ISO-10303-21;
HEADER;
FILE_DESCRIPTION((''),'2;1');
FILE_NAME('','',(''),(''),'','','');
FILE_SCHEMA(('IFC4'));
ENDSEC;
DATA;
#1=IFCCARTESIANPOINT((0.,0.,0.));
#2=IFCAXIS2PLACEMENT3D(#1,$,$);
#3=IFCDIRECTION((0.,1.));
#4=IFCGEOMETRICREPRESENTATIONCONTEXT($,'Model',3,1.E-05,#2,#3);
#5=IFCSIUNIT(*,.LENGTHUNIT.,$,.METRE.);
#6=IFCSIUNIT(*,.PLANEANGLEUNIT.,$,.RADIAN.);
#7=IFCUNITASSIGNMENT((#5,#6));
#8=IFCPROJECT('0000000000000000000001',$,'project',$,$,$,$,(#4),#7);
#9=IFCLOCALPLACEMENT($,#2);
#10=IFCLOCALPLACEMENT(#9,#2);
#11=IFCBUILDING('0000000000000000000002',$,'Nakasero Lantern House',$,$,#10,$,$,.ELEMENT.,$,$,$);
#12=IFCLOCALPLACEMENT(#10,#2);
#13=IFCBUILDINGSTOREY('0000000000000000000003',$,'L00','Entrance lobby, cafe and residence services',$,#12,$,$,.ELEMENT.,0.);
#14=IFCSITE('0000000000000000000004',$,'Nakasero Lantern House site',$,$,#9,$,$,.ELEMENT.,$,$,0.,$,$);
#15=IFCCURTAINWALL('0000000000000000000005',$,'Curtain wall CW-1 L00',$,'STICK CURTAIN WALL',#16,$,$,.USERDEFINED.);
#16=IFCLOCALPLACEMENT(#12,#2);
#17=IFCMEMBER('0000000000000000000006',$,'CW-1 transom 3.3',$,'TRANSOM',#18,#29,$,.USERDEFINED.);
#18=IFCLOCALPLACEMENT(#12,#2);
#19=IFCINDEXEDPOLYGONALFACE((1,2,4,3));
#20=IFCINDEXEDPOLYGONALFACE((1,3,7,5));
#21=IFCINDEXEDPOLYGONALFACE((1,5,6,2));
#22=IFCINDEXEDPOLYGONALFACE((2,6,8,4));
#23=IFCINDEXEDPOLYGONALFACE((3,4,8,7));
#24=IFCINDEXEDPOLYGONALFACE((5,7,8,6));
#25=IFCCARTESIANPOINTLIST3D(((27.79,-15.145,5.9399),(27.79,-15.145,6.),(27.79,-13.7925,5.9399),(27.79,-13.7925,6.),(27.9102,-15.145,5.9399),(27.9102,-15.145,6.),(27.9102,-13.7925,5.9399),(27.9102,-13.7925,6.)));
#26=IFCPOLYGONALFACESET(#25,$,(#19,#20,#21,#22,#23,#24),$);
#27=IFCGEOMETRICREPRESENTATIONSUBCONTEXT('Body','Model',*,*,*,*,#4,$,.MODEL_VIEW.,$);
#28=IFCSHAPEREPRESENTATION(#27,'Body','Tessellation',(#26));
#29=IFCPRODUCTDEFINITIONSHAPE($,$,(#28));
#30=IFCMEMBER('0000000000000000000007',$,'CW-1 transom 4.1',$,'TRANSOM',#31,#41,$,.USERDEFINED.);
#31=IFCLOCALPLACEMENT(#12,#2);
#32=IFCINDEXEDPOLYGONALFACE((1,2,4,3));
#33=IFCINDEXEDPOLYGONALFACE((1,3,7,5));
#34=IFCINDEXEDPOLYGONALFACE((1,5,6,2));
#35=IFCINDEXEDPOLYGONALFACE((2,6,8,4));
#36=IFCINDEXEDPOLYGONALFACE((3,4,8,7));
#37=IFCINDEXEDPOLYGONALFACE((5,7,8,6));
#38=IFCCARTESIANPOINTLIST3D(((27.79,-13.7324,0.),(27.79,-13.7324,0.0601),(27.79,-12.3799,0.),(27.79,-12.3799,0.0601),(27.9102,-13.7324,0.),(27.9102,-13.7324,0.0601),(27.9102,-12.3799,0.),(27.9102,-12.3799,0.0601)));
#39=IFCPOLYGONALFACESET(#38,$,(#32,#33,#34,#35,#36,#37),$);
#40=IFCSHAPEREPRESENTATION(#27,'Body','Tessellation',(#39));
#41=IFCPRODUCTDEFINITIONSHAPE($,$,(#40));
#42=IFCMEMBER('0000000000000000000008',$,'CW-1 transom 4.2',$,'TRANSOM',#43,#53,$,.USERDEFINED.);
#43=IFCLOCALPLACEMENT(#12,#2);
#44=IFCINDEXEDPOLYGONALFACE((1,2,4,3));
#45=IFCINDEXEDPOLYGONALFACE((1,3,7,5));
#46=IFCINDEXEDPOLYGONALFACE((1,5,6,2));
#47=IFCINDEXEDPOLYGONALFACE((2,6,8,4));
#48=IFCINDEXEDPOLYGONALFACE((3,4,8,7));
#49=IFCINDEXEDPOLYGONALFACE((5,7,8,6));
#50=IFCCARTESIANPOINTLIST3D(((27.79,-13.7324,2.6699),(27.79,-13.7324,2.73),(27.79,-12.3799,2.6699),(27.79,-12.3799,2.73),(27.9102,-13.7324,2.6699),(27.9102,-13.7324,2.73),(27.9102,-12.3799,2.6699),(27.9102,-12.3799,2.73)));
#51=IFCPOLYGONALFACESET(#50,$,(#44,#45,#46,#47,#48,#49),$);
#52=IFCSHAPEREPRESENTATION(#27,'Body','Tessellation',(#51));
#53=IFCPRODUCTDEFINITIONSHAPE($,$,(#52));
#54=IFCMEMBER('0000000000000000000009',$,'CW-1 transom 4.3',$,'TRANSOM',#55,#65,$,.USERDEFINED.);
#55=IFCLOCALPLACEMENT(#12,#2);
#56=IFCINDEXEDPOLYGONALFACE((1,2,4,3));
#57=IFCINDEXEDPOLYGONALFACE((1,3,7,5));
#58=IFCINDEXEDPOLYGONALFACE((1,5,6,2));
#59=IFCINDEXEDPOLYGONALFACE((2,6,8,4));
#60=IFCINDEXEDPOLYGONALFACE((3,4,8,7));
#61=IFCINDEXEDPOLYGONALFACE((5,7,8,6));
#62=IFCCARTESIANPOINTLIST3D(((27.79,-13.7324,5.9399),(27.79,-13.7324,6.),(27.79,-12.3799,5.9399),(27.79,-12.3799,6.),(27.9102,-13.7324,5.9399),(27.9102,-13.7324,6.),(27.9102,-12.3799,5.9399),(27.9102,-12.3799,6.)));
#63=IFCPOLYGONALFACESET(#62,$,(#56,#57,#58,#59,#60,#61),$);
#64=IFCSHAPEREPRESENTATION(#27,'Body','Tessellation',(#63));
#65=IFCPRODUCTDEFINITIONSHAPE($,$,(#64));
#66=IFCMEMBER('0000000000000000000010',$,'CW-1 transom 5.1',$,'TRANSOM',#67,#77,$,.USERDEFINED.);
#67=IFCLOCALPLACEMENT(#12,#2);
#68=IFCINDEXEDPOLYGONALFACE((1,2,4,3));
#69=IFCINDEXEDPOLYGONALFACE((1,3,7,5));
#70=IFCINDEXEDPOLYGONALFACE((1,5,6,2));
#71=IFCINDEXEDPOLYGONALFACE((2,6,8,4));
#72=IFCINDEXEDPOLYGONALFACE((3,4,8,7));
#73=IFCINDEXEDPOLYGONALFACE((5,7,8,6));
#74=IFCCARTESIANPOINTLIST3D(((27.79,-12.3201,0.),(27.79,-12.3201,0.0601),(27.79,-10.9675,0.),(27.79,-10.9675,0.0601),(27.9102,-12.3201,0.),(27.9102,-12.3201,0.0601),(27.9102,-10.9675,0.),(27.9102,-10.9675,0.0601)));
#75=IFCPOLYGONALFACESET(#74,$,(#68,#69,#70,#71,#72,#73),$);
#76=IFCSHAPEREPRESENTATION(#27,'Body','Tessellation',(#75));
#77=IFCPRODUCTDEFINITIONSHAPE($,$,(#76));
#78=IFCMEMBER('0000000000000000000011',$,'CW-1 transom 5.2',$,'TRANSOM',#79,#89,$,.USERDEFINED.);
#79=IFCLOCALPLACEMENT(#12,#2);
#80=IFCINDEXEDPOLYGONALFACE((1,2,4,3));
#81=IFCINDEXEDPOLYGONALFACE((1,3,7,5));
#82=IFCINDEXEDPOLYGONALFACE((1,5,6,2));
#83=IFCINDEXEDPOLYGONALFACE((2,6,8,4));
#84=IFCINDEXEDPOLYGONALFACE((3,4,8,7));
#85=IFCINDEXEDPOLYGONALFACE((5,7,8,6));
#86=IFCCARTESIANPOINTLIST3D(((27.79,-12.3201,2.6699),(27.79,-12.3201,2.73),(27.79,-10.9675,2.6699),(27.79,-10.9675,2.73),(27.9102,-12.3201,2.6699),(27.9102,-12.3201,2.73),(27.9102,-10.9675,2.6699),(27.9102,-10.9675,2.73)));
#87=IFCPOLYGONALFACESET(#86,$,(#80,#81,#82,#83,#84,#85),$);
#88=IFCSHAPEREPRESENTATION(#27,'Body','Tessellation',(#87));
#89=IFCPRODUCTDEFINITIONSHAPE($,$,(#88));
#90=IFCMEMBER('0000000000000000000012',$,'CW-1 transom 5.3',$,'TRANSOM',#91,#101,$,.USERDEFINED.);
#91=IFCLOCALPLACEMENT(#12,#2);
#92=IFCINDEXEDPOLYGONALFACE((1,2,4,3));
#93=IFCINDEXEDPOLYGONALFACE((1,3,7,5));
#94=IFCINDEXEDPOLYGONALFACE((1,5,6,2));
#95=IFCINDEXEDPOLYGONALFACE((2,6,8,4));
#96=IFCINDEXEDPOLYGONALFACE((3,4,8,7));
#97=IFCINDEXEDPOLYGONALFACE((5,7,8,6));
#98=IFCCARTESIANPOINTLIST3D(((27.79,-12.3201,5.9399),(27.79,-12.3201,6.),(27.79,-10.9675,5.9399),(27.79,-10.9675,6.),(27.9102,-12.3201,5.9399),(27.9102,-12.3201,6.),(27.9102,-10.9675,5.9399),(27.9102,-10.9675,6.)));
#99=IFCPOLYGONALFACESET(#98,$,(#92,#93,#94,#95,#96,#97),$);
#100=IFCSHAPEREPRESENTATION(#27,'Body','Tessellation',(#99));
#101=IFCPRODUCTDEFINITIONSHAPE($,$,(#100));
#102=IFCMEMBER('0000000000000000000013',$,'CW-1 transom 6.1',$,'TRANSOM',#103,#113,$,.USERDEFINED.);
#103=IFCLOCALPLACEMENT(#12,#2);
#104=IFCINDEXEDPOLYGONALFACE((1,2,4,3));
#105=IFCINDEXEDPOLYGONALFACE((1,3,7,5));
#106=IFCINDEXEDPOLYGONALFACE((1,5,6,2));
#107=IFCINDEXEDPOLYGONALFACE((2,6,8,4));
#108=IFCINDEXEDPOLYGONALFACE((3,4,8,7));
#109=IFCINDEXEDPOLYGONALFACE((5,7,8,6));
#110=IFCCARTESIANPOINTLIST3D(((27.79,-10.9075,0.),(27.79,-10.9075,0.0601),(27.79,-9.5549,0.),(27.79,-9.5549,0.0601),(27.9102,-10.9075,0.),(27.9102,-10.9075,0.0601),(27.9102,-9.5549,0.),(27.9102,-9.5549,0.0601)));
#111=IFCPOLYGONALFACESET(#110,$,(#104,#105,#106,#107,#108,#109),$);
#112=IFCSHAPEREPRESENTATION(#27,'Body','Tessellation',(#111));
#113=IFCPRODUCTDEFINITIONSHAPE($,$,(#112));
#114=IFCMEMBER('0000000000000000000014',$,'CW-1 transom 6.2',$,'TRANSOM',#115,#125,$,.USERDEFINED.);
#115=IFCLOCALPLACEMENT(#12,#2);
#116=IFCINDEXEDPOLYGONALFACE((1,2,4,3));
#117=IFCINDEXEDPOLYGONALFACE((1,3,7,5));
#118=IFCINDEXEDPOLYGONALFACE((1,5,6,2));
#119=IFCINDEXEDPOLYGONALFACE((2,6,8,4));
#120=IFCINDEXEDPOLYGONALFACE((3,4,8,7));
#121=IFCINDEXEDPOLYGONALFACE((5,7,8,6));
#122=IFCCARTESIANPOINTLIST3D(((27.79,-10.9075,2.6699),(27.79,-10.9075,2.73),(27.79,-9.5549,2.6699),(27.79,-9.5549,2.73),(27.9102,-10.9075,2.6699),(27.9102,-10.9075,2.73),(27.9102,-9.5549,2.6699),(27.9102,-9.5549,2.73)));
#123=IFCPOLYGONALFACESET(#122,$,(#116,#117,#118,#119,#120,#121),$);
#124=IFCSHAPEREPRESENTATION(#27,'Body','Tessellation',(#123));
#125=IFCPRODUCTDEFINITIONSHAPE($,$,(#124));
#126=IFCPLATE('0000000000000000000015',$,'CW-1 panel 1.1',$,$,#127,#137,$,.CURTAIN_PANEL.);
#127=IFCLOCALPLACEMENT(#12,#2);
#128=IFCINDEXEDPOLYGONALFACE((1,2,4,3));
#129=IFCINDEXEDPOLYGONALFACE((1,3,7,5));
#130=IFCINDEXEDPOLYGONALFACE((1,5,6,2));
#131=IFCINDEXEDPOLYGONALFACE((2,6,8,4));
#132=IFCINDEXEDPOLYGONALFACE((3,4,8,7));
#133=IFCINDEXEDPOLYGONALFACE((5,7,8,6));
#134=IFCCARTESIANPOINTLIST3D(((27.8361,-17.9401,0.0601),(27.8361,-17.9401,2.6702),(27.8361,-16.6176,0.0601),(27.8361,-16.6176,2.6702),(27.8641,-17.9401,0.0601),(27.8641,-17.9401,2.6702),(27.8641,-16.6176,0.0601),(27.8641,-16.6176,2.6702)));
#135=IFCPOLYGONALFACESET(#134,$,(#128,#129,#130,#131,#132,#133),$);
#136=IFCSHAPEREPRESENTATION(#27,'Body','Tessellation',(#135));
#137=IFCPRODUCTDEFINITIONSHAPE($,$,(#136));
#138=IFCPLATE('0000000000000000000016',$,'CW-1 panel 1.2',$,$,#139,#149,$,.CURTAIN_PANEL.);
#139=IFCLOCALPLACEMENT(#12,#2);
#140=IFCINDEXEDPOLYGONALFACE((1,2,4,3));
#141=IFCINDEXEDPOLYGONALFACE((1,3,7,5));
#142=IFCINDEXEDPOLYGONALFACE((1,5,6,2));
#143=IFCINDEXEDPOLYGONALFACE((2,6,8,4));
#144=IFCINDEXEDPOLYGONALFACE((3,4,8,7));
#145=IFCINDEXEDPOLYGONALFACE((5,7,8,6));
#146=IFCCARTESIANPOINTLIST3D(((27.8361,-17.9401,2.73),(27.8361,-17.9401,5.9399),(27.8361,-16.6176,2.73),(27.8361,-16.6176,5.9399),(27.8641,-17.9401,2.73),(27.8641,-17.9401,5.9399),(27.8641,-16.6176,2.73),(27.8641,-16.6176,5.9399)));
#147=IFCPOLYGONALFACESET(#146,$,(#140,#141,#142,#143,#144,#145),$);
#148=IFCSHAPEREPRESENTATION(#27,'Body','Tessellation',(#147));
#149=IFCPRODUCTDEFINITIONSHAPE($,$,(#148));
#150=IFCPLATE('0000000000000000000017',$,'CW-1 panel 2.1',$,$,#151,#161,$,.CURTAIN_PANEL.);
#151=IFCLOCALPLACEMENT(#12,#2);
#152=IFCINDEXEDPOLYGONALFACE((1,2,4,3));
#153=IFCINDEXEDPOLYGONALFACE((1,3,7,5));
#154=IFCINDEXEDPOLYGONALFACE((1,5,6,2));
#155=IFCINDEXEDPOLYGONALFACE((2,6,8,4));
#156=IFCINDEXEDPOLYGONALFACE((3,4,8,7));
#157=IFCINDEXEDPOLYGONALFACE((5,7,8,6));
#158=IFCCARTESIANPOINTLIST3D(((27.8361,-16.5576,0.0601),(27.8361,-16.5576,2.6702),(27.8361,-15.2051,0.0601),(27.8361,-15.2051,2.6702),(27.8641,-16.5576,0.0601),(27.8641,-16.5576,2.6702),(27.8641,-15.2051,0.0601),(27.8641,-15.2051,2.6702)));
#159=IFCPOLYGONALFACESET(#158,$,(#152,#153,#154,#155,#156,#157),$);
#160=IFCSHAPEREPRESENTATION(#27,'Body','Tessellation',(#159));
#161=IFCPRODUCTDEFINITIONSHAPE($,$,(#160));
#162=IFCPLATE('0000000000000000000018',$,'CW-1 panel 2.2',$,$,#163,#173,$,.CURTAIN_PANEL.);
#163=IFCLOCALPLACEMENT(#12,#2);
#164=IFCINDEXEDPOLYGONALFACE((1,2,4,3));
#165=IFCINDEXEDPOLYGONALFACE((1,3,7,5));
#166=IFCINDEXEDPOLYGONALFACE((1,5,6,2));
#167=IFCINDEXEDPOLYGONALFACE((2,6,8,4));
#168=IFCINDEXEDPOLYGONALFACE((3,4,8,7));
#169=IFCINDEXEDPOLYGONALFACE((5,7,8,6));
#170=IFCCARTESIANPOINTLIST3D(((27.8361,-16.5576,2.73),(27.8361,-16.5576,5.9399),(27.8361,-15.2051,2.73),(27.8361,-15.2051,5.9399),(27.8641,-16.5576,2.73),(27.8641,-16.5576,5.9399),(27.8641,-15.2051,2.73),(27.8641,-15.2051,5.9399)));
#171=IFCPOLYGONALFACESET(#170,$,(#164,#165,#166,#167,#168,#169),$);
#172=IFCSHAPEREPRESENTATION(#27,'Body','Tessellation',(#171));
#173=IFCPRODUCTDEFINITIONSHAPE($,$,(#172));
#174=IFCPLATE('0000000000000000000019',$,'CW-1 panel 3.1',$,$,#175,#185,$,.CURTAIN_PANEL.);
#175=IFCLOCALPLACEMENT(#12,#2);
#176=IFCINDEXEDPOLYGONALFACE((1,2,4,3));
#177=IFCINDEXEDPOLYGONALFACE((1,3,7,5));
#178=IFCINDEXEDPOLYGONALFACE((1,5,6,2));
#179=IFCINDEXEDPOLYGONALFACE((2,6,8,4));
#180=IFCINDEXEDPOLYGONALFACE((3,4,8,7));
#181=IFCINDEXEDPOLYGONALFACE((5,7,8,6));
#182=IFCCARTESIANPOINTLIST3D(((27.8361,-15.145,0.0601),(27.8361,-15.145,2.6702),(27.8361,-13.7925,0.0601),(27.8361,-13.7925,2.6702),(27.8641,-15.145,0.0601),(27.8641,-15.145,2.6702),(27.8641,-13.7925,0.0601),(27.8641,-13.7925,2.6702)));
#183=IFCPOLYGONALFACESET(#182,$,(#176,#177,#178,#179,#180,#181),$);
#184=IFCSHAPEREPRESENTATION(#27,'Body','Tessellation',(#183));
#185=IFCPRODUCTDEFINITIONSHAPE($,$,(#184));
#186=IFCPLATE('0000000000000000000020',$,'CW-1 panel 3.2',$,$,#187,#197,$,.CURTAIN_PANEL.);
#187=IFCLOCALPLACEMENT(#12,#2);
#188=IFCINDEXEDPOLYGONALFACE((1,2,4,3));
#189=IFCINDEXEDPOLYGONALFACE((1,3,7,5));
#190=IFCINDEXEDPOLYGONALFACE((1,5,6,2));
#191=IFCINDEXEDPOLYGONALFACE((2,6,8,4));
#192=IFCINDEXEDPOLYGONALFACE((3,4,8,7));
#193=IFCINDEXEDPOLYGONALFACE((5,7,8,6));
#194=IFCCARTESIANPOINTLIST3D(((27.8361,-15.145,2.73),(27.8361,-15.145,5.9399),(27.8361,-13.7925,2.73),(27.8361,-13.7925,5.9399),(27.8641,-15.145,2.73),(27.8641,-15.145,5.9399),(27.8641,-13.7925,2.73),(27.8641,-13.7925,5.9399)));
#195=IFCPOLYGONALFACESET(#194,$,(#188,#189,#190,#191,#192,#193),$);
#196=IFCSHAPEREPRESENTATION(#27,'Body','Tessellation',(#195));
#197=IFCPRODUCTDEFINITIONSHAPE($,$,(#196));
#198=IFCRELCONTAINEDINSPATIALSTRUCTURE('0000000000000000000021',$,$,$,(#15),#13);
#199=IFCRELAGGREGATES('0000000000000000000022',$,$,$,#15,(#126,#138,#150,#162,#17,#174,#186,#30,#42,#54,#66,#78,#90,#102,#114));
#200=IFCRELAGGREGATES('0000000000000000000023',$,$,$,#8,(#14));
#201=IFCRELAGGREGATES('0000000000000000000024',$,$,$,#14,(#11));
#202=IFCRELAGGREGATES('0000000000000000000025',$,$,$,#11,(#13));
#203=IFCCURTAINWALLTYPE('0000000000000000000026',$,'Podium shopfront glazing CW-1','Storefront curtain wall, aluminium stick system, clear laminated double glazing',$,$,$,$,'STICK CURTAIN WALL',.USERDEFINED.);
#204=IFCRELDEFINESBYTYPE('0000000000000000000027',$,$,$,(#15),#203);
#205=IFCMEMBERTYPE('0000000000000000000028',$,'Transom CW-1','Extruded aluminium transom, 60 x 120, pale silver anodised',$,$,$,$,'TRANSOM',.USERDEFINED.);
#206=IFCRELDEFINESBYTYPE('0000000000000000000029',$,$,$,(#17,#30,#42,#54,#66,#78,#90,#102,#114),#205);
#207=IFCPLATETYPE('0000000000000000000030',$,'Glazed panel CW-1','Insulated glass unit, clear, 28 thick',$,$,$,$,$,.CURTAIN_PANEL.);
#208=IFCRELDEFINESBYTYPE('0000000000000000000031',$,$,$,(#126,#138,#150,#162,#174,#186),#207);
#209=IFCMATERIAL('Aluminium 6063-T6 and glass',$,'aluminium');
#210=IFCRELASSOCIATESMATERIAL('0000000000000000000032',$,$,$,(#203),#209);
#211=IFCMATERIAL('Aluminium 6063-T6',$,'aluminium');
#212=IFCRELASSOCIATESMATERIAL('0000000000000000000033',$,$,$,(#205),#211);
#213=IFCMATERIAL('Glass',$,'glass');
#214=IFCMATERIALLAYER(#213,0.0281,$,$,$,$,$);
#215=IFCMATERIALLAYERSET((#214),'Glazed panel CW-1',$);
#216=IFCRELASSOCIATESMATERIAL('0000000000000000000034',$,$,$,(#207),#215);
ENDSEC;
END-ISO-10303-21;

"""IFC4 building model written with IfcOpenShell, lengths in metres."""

from ifc_helpers import new_model, si_unit, direction, frame, origin, origin_2d, place, context, subcontext, project, spatial, rectangle, extrude, material, layer, layer_set, material_profile, profile_set, type_object, element, aggregate, save


model = new_model("IFC4")

# Units and contexts
model_context = context("Model", 3, precision=1e-05, world=origin(), true_north=direction((0.0, 1.0)))
body_context = subcontext(model_context, "Body", "Model", "MODEL_VIEW")
ifc_project = project(units=[si_unit("LENGTHUNIT", "METRE"), si_unit("PLANEANGLEUNIT", "RADIAN")], contexts=[model_context])

# Site, building, storey
site_placement = place(None, origin())
site = spatial("IfcSite", under=ifc_project, at=site_placement, Name="Nakasero Lantern House site", CompositionType="ELEMENT", RefElevation=0.0)
building_placement = place(site_placement, origin())
building = spatial("IfcBuilding", under=site, at=building_placement, Name="Nakasero Lantern House", CompositionType="ELEMENT")
storey_placement = place(building_placement, origin())
storey = spatial("IfcBuildingStorey", under=building, at=storey_placement, Name="L00", Description="Entrance lobby, cafe and residence services", CompositionType="ELEMENT", Elevation=0.0)

# Curtain wall
ifc_material_1 = material(Name="Aluminium 6063-T6 and glass", Category="aluminium")
curtain_wall_type = type_object("IfcCurtainWallType", Name="Podium shopfront glazing CW-1", Description="Storefront curtain wall, aluminium stick system, clear laminated double glazing", ElementType="STICK CURTAIN WALL", PredefinedType="USERDEFINED", material=ifc_material_1)
curtain_wall_placement = place(storey_placement, origin())
curtain_wall = element("IfcCurtainWall", 1, at=curtain_wall_placement, inside=storey, type_object=curtain_wall_type, Name="Curtain wall CW-1 L00", ObjectType="STICK CURTAIN WALL", PredefinedType="USERDEFINED")

# Members
ifc_material_2 = material(Name="Aluminium 6063-T6", Category="aluminium")
ifc_material_profile_1 = material_profile(ifc_material_2, rectangle(XDim=0.0601, YDim=0.1201, at=origin_2d()), Name="CW-1 transom 60x120")
ifc_profile_set_1 = profile_set([ifc_material_profile_1], Name="Aluminium 6063-T6")
member_type_1 = type_object("IfcMemberType", Name="Transom CW-1", Description="Extruded aluminium transom, 60 x 120, pale silver anodised", ElementType="TRANSOM", PredefinedType="USERDEFINED", material=ifc_profile_set_1)
member_1_placement = place(storey_placement, frame((27.8501, -15.145, 5.97), z_axis=(0.0, 1.0, 0.0), x_axis=(0.0, 0.0, 1.0)))
member_1 = element("IfcMember", 2, at=member_1_placement, type_object=member_type_1, Name="CW-1 transom 3.3", ObjectType="TRANSOM", PredefinedType="USERDEFINED", context=body_context, shape_type="SweptSolid", body=[
    extrude(rectangle(XDim=0.0601, YDim=0.1201, at=origin_2d()), origin(), (0.0, 0.0, 1.0), 1.3525),
])
member_2_placement = place(storey_placement, frame((27.8501, -13.7324, 0.03), z_axis=(0.0, 1.0, 0.0), x_axis=(0.0, 0.0, 1.0)))
member_2 = element("IfcMember", 3, at=member_2_placement, type_object=member_type_1, Name="CW-1 transom 4.1", ObjectType="TRANSOM", PredefinedType="USERDEFINED", context=body_context, shape_type="SweptSolid", body=[
    extrude(rectangle(XDim=0.0601, YDim=0.1201, at=origin_2d()), origin(), (0.0, 0.0, 1.0), 1.3525),
])
member_3_placement = place(storey_placement, frame((27.8501, -13.7324, 2.7), z_axis=(0.0, 1.0, 0.0), x_axis=(0.0, 0.0, 1.0)))
member_3 = element("IfcMember", 4, at=member_3_placement, type_object=member_type_1, Name="CW-1 transom 4.2", ObjectType="TRANSOM", PredefinedType="USERDEFINED", context=body_context, shape_type="SweptSolid", body=[
    extrude(rectangle(XDim=0.0601, YDim=0.1201, at=origin_2d()), origin(), (0.0, 0.0, 1.0), 1.3525),
])
member_4_placement = place(storey_placement, frame((27.8501, -13.7324, 5.97), z_axis=(0.0, 1.0, 0.0), x_axis=(0.0, 0.0, 1.0)))
member_4 = element("IfcMember", 5, at=member_4_placement, type_object=member_type_1, Name="CW-1 transom 4.3", ObjectType="TRANSOM", PredefinedType="USERDEFINED", context=body_context, shape_type="SweptSolid", body=[
    extrude(rectangle(XDim=0.0601, YDim=0.1201, at=origin_2d()), origin(), (0.0, 0.0, 1.0), 1.3525),
])
member_5_placement = place(storey_placement, frame((27.8501, -12.3201, 0.03), z_axis=(0.0, 1.0, 0.0), x_axis=(0.0, 0.0, 1.0)))
member_5 = element("IfcMember", 6, at=member_5_placement, type_object=member_type_1, Name="CW-1 transom 5.1", ObjectType="TRANSOM", PredefinedType="USERDEFINED", context=body_context, shape_type="SweptSolid", body=[
    extrude(rectangle(XDim=0.0601, YDim=0.1201, at=origin_2d()), origin(), (0.0, 0.0, 1.0), 1.3525),
])
member_6_placement = place(storey_placement, frame((27.8501, -12.3201, 2.7), z_axis=(0.0, 1.0, 0.0), x_axis=(0.0, 0.0, 1.0)))
member_6 = element("IfcMember", 7, at=member_6_placement, type_object=member_type_1, Name="CW-1 transom 5.2", ObjectType="TRANSOM", PredefinedType="USERDEFINED", context=body_context, shape_type="SweptSolid", body=[
    extrude(rectangle(XDim=0.0601, YDim=0.1201, at=origin_2d()), origin(), (0.0, 0.0, 1.0), 1.3525),
])
member_7_placement = place(storey_placement, frame((27.8501, -12.3201, 5.97), z_axis=(0.0, 1.0, 0.0), x_axis=(0.0, 0.0, 1.0)))
member_7 = element("IfcMember", 8, at=member_7_placement, type_object=member_type_1, Name="CW-1 transom 5.3", ObjectType="TRANSOM", PredefinedType="USERDEFINED", context=body_context, shape_type="SweptSolid", body=[
    extrude(rectangle(XDim=0.0601, YDim=0.1201, at=origin_2d()), origin(), (0.0, 0.0, 1.0), 1.3525),
])
member_8_placement = place(storey_placement, frame((27.8501, -10.9075, 0.03), z_axis=(0.0, 1.0, 0.0), x_axis=(0.0, 0.0, 1.0)))
member_8 = element("IfcMember", 9, at=member_8_placement, type_object=member_type_1, Name="CW-1 transom 6.1", ObjectType="TRANSOM", PredefinedType="USERDEFINED", context=body_context, shape_type="SweptSolid", body=[
    extrude(rectangle(XDim=0.0601, YDim=0.1201, at=origin_2d()), origin(), (0.0, 0.0, 1.0), 1.3525),
])
member_9_placement = place(storey_placement, frame((27.8501, -10.9075, 2.7), z_axis=(0.0, 1.0, 0.0), x_axis=(0.0, 0.0, 1.0)))
member_9 = element("IfcMember", 10, at=member_9_placement, type_object=member_type_1, Name="CW-1 transom 6.2", ObjectType="TRANSOM", PredefinedType="USERDEFINED", context=body_context, shape_type="SweptSolid", body=[
    extrude(rectangle(XDim=0.0601, YDim=0.1201, at=origin_2d()), origin(), (0.0, 0.0, 1.0), 1.3525),
])

# Plates
ifc_material_3 = material(Name="Glass", Category="glass")
ifc_layer = layer(ifc_material_3, 0.0281)
ifc_layer_set = layer_set([ifc_layer], Name="Glazed panel CW-1")
plate_type = type_object("IfcPlateType", Name="Glazed panel CW-1", Description="Insulated glass unit, clear, 28 thick", PredefinedType="CURTAIN_PANEL", material=ifc_layer_set)
plate_1_placement = place(storey_placement, frame((27.8501, -17.2788, 0.0601), z_axis=(0.0, 0.0, 1.0), x_axis=(0.0, 1.0, 0.0)))
plate_1 = element("IfcPlate", 11, at=plate_1_placement, type_object=plate_type, Name="CW-1 panel 1.1", PredefinedType="CURTAIN_PANEL", context=body_context, shape_type="SweptSolid", body=[
    extrude(rectangle(XDim=1.3225, YDim=0.0281, at=origin_2d()), origin(), (0.0, 0.0, 1.0), 2.6101),
])
plate_2_placement = place(storey_placement, frame((27.8501, -17.2788, 2.73), z_axis=(0.0, 0.0, 1.0), x_axis=(0.0, 1.0, 0.0)))
plate_2 = element("IfcPlate", 12, at=plate_2_placement, type_object=plate_type, Name="CW-1 panel 1.2", PredefinedType="CURTAIN_PANEL", context=body_context, shape_type="SweptSolid", body=[
    extrude(rectangle(XDim=1.3225, YDim=0.0281, at=origin_2d()), origin(), (0.0, 0.0, 1.0), 3.21),
])
plate_3_placement = place(storey_placement, frame((27.8501, -15.8813, 0.0601), z_axis=(0.0, 0.0, 1.0), x_axis=(0.0, 1.0, 0.0)))
plate_3 = element("IfcPlate", 13, at=plate_3_placement, type_object=plate_type, Name="CW-1 panel 2.1", PredefinedType="CURTAIN_PANEL", context=body_context, shape_type="SweptSolid", body=[
    extrude(rectangle(XDim=1.3525, YDim=0.0281, at=origin_2d()), origin(), (0.0, 0.0, 1.0), 2.6101),
])
plate_4_placement = place(storey_placement, frame((27.8501, -15.8813, 2.73), z_axis=(0.0, 0.0, 1.0), x_axis=(0.0, 1.0, 0.0)))
plate_4 = element("IfcPlate", 14, at=plate_4_placement, type_object=plate_type, Name="CW-1 panel 2.2", PredefinedType="CURTAIN_PANEL", context=body_context, shape_type="SweptSolid", body=[
    extrude(rectangle(XDim=1.3525, YDim=0.0281, at=origin_2d()), origin(), (0.0, 0.0, 1.0), 3.21),
])
plate_5_placement = place(storey_placement, frame((27.8501, -14.4688, 0.0601), z_axis=(0.0, 0.0, 1.0), x_axis=(0.0, 1.0, 0.0)))
plate_5 = element("IfcPlate", 15, at=plate_5_placement, type_object=plate_type, Name="CW-1 panel 3.1", PredefinedType="CURTAIN_PANEL", context=body_context, shape_type="SweptSolid", body=[
    extrude(rectangle(XDim=1.3525, YDim=0.0281, at=origin_2d()), origin(), (0.0, 0.0, 1.0), 2.6101),
])
plate_6_placement = place(storey_placement, frame((27.8501, -14.4688, 2.73), z_axis=(0.0, 0.0, 1.0), x_axis=(0.0, 1.0, 0.0)))
plate_6 = element("IfcPlate", 16, at=plate_6_placement, type_object=plate_type, Name="CW-1 panel 3.2", PredefinedType="CURTAIN_PANEL", context=body_context, shape_type="SweptSolid", body=[
    extrude(rectangle(XDim=1.3525, YDim=0.0281, at=origin_2d()), origin(), (0.0, 0.0, 1.0), 3.21),
])
aggregate(curtain_wall, [plate_1, plate_2, plate_3, plate_4, member_1, plate_5, plate_6, member_2, member_3, member_4, member_5, member_6, member_7, member_8, member_9])

save(model, "model.ifc")
